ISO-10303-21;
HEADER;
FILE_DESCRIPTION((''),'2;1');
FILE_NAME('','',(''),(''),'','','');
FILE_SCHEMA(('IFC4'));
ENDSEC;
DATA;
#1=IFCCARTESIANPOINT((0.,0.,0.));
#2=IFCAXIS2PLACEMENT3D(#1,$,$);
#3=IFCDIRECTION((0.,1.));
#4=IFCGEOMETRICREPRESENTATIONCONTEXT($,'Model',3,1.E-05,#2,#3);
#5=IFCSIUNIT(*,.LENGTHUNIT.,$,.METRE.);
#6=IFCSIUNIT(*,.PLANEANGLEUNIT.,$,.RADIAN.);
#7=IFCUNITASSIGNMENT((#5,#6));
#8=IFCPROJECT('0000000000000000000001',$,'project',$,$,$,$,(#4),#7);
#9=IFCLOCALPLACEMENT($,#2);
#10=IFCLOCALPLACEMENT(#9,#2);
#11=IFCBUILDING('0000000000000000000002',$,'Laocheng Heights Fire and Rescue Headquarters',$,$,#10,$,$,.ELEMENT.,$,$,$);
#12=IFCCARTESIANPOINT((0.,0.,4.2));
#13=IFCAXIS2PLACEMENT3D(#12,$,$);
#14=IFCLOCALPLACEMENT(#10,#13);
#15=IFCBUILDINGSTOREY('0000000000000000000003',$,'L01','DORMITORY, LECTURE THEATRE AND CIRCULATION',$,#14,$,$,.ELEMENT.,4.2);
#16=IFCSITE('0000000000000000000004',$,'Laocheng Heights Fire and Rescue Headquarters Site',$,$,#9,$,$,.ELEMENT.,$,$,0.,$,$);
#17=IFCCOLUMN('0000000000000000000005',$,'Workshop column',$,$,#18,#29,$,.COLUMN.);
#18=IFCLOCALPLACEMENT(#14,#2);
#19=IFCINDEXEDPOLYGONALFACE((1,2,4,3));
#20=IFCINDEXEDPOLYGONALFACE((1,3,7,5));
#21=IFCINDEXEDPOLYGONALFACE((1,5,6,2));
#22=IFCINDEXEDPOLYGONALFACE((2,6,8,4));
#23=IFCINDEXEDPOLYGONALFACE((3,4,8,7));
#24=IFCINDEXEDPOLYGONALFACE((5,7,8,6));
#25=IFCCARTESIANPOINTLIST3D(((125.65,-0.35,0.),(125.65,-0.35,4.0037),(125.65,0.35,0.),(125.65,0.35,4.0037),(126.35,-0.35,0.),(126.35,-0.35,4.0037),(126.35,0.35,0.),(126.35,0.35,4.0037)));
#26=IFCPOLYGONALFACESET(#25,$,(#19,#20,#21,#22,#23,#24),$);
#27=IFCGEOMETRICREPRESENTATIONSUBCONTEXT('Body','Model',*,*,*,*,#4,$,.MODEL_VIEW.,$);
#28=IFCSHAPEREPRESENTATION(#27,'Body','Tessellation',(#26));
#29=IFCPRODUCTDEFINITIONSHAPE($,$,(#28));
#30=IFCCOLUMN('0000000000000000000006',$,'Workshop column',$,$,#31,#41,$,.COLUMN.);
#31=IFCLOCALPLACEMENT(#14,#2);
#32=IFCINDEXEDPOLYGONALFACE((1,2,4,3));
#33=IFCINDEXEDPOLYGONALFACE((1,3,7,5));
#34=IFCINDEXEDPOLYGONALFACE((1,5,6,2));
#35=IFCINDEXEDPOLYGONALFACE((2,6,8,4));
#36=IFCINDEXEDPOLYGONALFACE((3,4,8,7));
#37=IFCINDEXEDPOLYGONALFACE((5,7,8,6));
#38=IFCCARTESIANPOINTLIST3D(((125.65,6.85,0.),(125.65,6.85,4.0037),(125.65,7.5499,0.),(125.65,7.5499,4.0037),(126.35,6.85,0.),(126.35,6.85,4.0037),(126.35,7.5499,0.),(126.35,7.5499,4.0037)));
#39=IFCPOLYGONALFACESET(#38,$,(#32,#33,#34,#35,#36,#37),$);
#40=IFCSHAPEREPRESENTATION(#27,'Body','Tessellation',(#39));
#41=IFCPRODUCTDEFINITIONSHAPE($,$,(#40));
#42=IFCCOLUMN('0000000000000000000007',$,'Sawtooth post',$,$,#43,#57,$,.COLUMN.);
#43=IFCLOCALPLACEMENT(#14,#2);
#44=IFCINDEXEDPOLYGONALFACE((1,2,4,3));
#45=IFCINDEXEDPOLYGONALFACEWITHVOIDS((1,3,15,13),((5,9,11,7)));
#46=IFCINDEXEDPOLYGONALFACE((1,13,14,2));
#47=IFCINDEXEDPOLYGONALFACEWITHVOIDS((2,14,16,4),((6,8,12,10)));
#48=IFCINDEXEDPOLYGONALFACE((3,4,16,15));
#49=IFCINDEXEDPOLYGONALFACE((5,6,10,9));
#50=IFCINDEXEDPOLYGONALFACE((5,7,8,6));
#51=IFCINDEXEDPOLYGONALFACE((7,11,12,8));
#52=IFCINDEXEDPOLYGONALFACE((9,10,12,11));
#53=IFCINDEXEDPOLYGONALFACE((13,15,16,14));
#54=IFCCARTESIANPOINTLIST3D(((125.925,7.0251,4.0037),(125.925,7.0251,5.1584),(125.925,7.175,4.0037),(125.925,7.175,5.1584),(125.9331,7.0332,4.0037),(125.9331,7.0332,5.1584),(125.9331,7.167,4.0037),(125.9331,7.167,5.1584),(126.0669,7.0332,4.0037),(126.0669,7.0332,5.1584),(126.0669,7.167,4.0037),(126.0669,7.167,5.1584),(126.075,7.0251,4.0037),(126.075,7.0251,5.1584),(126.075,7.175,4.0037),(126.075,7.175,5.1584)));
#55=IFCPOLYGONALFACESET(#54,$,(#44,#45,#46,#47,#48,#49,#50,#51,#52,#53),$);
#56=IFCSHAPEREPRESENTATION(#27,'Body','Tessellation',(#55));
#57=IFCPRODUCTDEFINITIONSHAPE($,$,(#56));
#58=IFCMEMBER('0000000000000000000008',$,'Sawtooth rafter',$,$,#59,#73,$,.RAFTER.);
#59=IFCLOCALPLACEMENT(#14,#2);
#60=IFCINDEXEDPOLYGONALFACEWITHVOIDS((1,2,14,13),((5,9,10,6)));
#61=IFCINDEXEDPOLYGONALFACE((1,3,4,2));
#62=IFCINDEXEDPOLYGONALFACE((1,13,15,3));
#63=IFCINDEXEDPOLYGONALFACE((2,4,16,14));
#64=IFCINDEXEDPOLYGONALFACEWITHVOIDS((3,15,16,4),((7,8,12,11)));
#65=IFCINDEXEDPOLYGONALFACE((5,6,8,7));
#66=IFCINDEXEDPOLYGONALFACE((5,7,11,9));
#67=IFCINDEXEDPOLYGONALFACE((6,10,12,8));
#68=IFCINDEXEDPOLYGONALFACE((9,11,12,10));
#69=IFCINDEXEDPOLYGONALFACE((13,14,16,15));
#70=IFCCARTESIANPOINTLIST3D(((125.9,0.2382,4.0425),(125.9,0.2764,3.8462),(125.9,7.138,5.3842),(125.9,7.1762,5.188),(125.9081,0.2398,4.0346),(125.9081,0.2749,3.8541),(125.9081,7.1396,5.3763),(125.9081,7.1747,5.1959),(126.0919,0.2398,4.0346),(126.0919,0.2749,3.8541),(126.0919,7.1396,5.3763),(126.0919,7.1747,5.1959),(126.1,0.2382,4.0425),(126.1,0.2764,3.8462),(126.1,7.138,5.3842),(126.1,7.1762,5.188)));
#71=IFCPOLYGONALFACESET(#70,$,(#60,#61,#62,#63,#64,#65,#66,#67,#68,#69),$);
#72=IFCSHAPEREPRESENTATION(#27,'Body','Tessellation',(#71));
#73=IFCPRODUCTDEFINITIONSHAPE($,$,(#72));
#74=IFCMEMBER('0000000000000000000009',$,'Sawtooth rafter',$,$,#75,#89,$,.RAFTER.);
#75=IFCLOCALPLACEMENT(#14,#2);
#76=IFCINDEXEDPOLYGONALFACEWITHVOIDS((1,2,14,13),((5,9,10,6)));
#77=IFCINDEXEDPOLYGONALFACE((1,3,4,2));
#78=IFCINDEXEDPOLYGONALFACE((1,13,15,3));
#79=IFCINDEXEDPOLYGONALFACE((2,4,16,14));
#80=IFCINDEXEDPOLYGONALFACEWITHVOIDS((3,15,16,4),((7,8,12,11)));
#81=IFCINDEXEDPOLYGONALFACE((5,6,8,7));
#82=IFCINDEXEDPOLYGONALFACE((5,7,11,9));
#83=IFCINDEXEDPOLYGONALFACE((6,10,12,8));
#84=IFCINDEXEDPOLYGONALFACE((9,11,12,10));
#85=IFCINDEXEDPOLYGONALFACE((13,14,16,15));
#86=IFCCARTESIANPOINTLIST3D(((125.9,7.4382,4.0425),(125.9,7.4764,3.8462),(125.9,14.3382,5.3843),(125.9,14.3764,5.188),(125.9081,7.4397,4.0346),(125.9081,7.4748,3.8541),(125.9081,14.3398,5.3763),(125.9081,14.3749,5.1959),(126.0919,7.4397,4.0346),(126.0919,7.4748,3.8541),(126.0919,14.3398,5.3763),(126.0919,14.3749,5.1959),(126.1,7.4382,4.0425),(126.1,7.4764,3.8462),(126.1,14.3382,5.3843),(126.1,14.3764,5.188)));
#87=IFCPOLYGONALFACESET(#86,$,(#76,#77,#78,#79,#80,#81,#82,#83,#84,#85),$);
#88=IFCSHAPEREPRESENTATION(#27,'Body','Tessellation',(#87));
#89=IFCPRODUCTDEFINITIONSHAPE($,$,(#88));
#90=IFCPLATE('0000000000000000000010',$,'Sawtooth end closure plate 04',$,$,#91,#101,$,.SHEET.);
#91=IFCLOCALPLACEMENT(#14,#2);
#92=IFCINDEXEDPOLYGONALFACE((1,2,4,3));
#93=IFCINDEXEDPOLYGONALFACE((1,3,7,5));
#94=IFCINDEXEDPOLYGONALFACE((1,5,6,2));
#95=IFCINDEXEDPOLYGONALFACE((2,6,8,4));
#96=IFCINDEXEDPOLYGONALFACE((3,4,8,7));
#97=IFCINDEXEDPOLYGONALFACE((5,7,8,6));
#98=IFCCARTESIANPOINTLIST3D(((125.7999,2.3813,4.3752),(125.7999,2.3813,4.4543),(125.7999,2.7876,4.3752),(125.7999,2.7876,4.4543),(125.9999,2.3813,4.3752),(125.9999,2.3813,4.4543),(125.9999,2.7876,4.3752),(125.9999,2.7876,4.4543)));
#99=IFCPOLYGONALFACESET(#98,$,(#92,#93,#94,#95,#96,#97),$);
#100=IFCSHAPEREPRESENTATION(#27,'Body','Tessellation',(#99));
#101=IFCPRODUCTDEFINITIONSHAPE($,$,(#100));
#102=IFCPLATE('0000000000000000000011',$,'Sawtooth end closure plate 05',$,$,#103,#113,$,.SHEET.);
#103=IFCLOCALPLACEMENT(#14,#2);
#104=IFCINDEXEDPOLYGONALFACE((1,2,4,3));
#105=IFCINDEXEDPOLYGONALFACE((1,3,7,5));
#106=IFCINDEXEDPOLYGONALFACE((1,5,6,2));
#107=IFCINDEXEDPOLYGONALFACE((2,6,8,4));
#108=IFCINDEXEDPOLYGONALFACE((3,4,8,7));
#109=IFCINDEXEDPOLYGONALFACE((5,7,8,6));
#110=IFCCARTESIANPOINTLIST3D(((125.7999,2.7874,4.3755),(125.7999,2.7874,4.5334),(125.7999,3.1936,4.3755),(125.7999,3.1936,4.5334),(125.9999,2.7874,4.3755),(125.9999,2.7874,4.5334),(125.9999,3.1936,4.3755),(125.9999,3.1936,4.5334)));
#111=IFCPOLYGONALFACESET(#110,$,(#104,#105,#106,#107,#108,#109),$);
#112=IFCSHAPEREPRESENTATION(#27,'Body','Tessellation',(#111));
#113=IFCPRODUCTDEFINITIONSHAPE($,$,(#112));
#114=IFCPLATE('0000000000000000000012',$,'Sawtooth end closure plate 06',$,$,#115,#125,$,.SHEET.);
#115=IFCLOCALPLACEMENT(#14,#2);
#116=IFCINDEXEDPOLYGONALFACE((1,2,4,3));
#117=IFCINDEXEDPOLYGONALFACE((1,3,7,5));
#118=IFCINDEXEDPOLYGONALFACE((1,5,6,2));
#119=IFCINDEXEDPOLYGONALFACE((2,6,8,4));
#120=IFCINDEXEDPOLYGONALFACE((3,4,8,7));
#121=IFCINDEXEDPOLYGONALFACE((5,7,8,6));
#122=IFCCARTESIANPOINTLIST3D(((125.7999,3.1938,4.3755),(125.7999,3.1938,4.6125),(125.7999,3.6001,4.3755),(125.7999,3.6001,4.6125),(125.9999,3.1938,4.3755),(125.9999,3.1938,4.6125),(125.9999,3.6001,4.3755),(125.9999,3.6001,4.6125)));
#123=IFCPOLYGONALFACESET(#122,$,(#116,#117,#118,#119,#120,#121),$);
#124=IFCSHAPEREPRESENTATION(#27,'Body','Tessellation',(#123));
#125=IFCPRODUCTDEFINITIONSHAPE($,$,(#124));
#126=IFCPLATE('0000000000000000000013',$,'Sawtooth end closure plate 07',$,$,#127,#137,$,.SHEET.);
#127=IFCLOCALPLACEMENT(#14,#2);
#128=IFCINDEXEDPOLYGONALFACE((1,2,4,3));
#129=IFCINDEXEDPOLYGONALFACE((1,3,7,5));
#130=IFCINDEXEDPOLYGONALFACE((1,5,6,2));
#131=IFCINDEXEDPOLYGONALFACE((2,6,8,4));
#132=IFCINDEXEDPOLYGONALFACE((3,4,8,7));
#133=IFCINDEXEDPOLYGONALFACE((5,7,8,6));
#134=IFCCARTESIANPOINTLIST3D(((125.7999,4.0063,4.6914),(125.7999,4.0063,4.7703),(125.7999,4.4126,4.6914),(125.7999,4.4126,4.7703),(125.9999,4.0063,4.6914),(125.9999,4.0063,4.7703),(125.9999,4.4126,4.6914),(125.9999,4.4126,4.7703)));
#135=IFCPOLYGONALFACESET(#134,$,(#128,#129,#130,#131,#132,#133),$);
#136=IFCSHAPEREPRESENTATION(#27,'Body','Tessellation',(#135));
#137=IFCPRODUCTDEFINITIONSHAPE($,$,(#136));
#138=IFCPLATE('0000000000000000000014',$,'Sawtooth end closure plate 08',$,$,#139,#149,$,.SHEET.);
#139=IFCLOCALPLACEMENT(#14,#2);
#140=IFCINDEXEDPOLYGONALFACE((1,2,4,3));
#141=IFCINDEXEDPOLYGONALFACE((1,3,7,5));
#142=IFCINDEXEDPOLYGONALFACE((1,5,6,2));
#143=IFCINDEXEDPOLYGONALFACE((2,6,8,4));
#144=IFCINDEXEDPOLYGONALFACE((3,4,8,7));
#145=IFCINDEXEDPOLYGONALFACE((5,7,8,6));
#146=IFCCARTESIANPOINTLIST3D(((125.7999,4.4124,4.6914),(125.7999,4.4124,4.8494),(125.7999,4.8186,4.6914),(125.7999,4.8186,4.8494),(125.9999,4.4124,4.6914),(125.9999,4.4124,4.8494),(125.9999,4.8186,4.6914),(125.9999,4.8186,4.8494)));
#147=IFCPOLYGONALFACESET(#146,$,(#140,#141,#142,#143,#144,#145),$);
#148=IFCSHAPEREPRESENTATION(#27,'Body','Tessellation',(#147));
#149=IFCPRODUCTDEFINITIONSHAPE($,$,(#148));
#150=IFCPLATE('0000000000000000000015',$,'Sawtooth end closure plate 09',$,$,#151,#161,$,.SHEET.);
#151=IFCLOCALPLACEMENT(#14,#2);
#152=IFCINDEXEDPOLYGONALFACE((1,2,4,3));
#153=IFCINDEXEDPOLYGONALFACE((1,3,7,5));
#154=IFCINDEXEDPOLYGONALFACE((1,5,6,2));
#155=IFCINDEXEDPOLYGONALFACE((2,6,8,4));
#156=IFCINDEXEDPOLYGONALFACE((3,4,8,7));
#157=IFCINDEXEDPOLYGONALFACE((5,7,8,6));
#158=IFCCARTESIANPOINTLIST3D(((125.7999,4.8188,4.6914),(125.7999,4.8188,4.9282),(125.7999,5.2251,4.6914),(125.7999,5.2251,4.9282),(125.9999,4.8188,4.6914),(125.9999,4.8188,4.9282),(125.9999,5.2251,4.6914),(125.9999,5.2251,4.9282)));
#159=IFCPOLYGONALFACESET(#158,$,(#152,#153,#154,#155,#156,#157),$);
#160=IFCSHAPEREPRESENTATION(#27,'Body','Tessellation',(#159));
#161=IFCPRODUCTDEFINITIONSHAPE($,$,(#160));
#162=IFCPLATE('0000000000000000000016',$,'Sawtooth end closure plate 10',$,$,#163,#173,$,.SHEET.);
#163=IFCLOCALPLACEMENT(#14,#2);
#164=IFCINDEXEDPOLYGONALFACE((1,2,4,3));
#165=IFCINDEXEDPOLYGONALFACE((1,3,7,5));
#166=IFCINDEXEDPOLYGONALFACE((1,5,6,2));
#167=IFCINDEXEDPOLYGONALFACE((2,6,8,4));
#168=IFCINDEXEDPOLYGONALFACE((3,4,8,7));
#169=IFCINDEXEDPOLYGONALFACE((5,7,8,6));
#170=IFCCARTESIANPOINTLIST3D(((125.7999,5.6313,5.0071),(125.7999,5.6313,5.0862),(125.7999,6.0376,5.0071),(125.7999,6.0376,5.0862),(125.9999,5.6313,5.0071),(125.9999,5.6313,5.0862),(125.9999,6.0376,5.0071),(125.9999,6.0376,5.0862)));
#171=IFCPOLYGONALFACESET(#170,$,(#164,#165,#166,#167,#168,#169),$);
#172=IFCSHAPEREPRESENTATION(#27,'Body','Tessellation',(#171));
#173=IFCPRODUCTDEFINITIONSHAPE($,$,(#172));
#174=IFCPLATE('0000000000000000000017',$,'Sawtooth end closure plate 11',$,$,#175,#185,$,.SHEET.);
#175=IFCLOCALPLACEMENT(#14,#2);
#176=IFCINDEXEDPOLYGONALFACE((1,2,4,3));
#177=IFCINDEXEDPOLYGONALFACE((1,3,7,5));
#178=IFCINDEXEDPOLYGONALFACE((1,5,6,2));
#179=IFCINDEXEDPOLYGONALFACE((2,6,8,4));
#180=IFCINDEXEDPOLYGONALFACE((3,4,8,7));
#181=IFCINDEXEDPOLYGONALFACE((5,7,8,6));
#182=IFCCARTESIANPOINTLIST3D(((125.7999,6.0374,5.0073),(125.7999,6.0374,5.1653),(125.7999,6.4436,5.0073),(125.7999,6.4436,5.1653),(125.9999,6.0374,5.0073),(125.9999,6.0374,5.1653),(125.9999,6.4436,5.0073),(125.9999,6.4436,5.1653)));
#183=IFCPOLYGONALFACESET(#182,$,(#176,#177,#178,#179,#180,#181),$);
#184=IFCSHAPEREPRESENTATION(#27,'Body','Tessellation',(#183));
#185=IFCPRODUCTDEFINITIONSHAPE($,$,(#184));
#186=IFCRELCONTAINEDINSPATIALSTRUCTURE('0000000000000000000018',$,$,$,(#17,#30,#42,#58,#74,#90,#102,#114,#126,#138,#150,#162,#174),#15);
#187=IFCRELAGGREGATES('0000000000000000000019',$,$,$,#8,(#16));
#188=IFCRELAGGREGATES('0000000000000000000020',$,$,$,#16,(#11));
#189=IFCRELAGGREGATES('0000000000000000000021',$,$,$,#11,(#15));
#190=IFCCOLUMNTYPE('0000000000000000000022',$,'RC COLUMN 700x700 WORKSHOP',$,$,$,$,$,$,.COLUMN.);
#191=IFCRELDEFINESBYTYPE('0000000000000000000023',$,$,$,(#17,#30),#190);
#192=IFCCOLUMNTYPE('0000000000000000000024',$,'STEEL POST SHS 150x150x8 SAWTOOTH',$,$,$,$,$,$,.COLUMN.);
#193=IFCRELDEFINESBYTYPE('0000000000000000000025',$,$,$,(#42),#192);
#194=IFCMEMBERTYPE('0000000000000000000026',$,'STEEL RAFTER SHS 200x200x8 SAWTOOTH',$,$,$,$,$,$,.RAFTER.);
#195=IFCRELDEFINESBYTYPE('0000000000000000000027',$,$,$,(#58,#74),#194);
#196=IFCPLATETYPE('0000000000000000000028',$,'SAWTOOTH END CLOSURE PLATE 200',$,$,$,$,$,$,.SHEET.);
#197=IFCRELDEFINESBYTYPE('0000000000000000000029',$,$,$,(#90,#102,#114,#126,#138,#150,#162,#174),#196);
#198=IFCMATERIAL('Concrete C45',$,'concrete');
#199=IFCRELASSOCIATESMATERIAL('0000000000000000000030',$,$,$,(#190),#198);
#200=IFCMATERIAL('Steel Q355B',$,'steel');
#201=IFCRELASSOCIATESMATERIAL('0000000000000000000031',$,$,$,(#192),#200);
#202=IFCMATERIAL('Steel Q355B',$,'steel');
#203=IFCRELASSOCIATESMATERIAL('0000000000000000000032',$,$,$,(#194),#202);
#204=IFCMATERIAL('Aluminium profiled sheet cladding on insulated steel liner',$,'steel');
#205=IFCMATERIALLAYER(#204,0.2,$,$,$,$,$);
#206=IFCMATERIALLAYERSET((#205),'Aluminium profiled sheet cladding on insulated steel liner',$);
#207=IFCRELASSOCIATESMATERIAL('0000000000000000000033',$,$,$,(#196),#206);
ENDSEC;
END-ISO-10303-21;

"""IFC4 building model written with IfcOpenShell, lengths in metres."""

from ifc_helpers import new_model, si_unit, direction, frame, origin, origin_2d, place, context, subcontext, project, spatial, rectangle, hollow_rectangle, extrude, material, layer, layer_set, material_profile, profile_set, type_object, element, save


model = new_model("IFC4")

# Units and contexts
model_context = context("Model", 3, precision=1e-05, world=origin(), true_north=direction((0.0, 1.0)))
body_context = subcontext(model_context, "Body", "Model", "MODEL_VIEW")
ifc_project = project(units=[si_unit("LENGTHUNIT", "METRE"), si_unit("PLANEANGLEUNIT", "RADIAN")], contexts=[model_context])

# Site, building, storey
site_placement = place(None, origin())
site = spatial("IfcSite", under=ifc_project, at=site_placement, Name="Laocheng Heights Fire and Rescue Headquarters Site", CompositionType="ELEMENT", RefElevation=0.0)
building_placement = place(site_placement, origin())
building = spatial("IfcBuilding", under=site, at=building_placement, Name="Laocheng Heights Fire and Rescue Headquarters", CompositionType="ELEMENT")
storey_placement = place(building_placement, frame((0.0, 0.0, 4.2)))
storey = spatial("IfcBuildingStorey", under=building, at=storey_placement, Name="L01", Description="DORMITORY, LECTURE THEATRE AND CIRCULATION", CompositionType="ELEMENT", Elevation=4.2)

# Columns
ifc_material_1 = material(Name="Concrete C45", Category="concrete")
ifc_material_profile_1 = material_profile(ifc_material_1, rectangle(XDim=0.7, YDim=0.7, at=origin_2d()), Name="RC COLUMN 700x700 WORKSHOP")
ifc_profile_set_1 = profile_set([ifc_material_profile_1], Name="Concrete C45")
column_type_1 = type_object("IfcColumnType", Name="RC COLUMN 700x700 WORKSHOP", PredefinedType="COLUMN", material=ifc_profile_set_1)
for number, where, z_axis, x_axis, name in (
    (1, (126.0, 0.0, 0.0), (0.0, 0.0, 1.0), (1.0, 0.0, 0.0), "Workshop column"),
    (2, (126.0, 7.2, 0.0), (0.0, 0.0, 1.0), (1.0, 0.0, 0.0), "Workshop column"),
):
    element("IfcColumn", number, at=place(storey_placement, frame(where, z_axis=z_axis, x_axis=x_axis)), inside=storey, type_object=column_type_1, Name=name, PredefinedType="COLUMN", context=body_context, shape_type="SweptSolid", body=[
        extrude(rectangle(XDim=0.7, YDim=0.7, at=origin_2d()), origin(), (0.0, 0.0, 1.0), 4.0037),
    ])
ifc_material_2 = material(Name="Steel Q355B", Category="steel")
ifc_material_profile_2 = material_profile(ifc_material_2, hollow_rectangle(XDim=0.1499, YDim=0.1499, WallThickness=0.0081, at=origin_2d()), Name="SHS 150x150x8")
ifc_profile_set_2 = profile_set([ifc_material_profile_2], Name="Steel Q355B")
column_type_2 = type_object("IfcColumnType", Name="STEEL POST SHS 150x150x8 SAWTOOTH", PredefinedType="COLUMN", material=ifc_profile_set_2)
column_placement = place(storey_placement, frame((126.0, 7.1001, 4.0037), z_axis=(0.0, 0.0, 1.0), x_axis=(1.0, 0.0, 0.0)))
element("IfcColumn", 3, at=column_placement, inside=storey, type_object=column_type_2, Name="Sawtooth post", PredefinedType="COLUMN", context=body_context, shape_type="SweptSolid", body=[
    extrude(hollow_rectangle(XDim=0.1499, YDim=0.1499, WallThickness=0.0081, at=origin_2d()), origin(), (0.0, 0.0, 1.0), 1.1548),
])

# Members
ifc_material_3 = material(Name="Steel Q355B", Category="steel")
ifc_material_profile_3 = material_profile(ifc_material_3, hollow_rectangle(XDim=0.2, YDim=0.2, WallThickness=0.0081, at=origin_2d()), Name="SHS 200x200x8")
ifc_profile_set_3 = profile_set([ifc_material_profile_3], Name="Steel Q355B")
member_type = type_object("IfcMemberType", Name="STEEL RAFTER SHS 200x200x8 SAWTOOTH", PredefinedType="RAFTER", material=ifc_profile_set_3)
member_1_placement = place(storey_placement, frame((126.0, 0.2573, 3.9443), z_axis=(0.0, 0.981611, 0.19089), x_axis=(-1.0, 0.0, 0.0)))
element("IfcMember", 4, at=member_1_placement, inside=storey, type_object=member_type, Name="Sawtooth rafter", PredefinedType="RAFTER", context=body_context, shape_type="SweptSolid", body=[
    extrude(hollow_rectangle(XDim=0.2, YDim=0.2, WallThickness=0.0081, at=origin_2d()), origin(), (0.0, 0.0, 1.0), 7.0291),
])
member_2_placement = place(storey_placement, frame((126.0, 7.4573, 3.9443), z_axis=(0.0, 0.981613, 0.190884), x_axis=(-1.0, 0.0, 0.0)))
element("IfcMember", 5, at=member_2_placement, inside=storey, type_object=member_type, Name="Sawtooth rafter", PredefinedType="RAFTER", context=body_context, shape_type="SweptSolid", body=[
    extrude(hollow_rectangle(XDim=0.2, YDim=0.2, WallThickness=0.0081, at=origin_2d()), origin(), (0.0, 0.0, 1.0), 7.0293),
])

# Plates
ifc_material_4 = material(Name="Aluminium profiled sheet cladding on insulated steel liner", Category="steel")
ifc_layer_1 = layer(ifc_material_4, 0.2)
ifc_layer_set_1 = layer_set([ifc_layer_1], Name="Aluminium profiled sheet cladding on insulated steel liner")
plate_type = type_object("IfcPlateType", Name="SAWTOOTH END CLOSURE PLATE 200", PredefinedType="SHEET", material=ifc_layer_set_1)
plate_1_placement = place(storey_placement, frame((125.8999, 2.5845, 4.3752), z_axis=(0.0, 0.0, 1.0), x_axis=(1.0, 0.0, 0.0)))
element("IfcPlate", 6, at=plate_1_placement, inside=storey, type_object=plate_type, Name="Sawtooth end closure plate 04", PredefinedType="SHEET", context=body_context, shape_type="SweptSolid", body=[
    extrude(rectangle(XDim=0.2, YDim=0.4062, at=origin_2d()), origin(), (0.0, 0.0, 1.0), 0.0791),
])
plate_2_placement = place(storey_placement, frame((125.8999, 2.9905, 4.3755), z_axis=(0.0, 0.0, 1.0), x_axis=(1.0, 0.0, 0.0)))
element("IfcPlate", 7, at=plate_2_placement, inside=storey, type_object=plate_type, Name="Sawtooth end closure plate 05", PredefinedType="SHEET", context=body_context, shape_type="SweptSolid", body=[
    extrude(rectangle(XDim=0.2, YDim=0.4062, at=origin_2d()), origin(), (0.0, 0.0, 1.0), 0.158),
])
plate_3_placement = place(storey_placement, frame((125.8999, 3.397, 4.3755), z_axis=(0.0, 0.0, 1.0), x_axis=(1.0, 0.0, 0.0)))
element("IfcPlate", 8, at=plate_3_placement, inside=storey, type_object=plate_type, Name="Sawtooth end closure plate 06", PredefinedType="SHEET", context=body_context, shape_type="SweptSolid", body=[
    extrude(rectangle(XDim=0.2, YDim=0.4062, at=origin_2d()), origin(), (0.0, 0.0, 1.0), 0.2371),
])
plate_4_placement = place(storey_placement, frame((125.8999, 4.2095, 4.6914), z_axis=(0.0, 0.0, 1.0), x_axis=(1.0, 0.0, 0.0)))
element("IfcPlate", 9, at=plate_4_placement, inside=storey, type_object=plate_type, Name="Sawtooth end closure plate 07", PredefinedType="SHEET", context=body_context, shape_type="SweptSolid", body=[
    extrude(rectangle(XDim=0.2, YDim=0.4062, at=origin_2d()), origin(), (0.0, 0.0, 1.0), 0.0789),
])
plate_5_placement = place(storey_placement, frame((125.8999, 4.6155, 4.6914), z_axis=(0.0, 0.0, 1.0), x_axis=(1.0, 0.0, 0.0)))
element("IfcPlate", 10, at=plate_5_placement, inside=storey, type_object=plate_type, Name="Sawtooth end closure plate 08", PredefinedType="SHEET", context=body_context, shape_type="SweptSolid", body=[
    extrude(rectangle(XDim=0.2, YDim=0.4062, at=origin_2d()), origin(), (0.0, 0.0, 1.0), 0.158),
])
plate_6_placement = place(storey_placement, frame((125.8999, 5.022, 4.6914), z_axis=(0.0, 0.0, 1.0), x_axis=(1.0, 0.0, 0.0)))
element("IfcPlate", 11, at=plate_6_placement, inside=storey, type_object=plate_type, Name="Sawtooth end closure plate 09", PredefinedType="SHEET", context=body_context, shape_type="SweptSolid", body=[
    extrude(rectangle(XDim=0.2, YDim=0.4062, at=origin_2d()), origin(), (0.0, 0.0, 1.0), 0.2368),
])
plate_7_placement = place(storey_placement, frame((125.8999, 5.8345, 5.0071), z_axis=(0.0, 0.0, 1.0), x_axis=(1.0, 0.0, 0.0)))
element("IfcPlate", 12, at=plate_7_placement, inside=storey, type_object=plate_type, Name="Sawtooth end closure plate 10", PredefinedType="SHEET", context=body_context, shape_type="SweptSolid", body=[
    extrude(rectangle(XDim=0.2, YDim=0.4062, at=origin_2d()), origin(), (0.0, 0.0, 1.0), 0.0791),
])
plate_8_placement = place(storey_placement, frame((125.8999, 6.2405, 5.0073), z_axis=(0.0, 0.0, 1.0), x_axis=(1.0, 0.0, 0.0)))
element("IfcPlate", 13, at=plate_8_placement, inside=storey, type_object=plate_type, Name="Sawtooth end closure plate 11", PredefinedType="SHEET", context=body_context, shape_type="SweptSolid", body=[
    extrude(rectangle(XDim=0.2, YDim=0.4062, at=origin_2d()), origin(), (0.0, 0.0, 1.0), 0.158),
])

save(model, "model.ifc")
